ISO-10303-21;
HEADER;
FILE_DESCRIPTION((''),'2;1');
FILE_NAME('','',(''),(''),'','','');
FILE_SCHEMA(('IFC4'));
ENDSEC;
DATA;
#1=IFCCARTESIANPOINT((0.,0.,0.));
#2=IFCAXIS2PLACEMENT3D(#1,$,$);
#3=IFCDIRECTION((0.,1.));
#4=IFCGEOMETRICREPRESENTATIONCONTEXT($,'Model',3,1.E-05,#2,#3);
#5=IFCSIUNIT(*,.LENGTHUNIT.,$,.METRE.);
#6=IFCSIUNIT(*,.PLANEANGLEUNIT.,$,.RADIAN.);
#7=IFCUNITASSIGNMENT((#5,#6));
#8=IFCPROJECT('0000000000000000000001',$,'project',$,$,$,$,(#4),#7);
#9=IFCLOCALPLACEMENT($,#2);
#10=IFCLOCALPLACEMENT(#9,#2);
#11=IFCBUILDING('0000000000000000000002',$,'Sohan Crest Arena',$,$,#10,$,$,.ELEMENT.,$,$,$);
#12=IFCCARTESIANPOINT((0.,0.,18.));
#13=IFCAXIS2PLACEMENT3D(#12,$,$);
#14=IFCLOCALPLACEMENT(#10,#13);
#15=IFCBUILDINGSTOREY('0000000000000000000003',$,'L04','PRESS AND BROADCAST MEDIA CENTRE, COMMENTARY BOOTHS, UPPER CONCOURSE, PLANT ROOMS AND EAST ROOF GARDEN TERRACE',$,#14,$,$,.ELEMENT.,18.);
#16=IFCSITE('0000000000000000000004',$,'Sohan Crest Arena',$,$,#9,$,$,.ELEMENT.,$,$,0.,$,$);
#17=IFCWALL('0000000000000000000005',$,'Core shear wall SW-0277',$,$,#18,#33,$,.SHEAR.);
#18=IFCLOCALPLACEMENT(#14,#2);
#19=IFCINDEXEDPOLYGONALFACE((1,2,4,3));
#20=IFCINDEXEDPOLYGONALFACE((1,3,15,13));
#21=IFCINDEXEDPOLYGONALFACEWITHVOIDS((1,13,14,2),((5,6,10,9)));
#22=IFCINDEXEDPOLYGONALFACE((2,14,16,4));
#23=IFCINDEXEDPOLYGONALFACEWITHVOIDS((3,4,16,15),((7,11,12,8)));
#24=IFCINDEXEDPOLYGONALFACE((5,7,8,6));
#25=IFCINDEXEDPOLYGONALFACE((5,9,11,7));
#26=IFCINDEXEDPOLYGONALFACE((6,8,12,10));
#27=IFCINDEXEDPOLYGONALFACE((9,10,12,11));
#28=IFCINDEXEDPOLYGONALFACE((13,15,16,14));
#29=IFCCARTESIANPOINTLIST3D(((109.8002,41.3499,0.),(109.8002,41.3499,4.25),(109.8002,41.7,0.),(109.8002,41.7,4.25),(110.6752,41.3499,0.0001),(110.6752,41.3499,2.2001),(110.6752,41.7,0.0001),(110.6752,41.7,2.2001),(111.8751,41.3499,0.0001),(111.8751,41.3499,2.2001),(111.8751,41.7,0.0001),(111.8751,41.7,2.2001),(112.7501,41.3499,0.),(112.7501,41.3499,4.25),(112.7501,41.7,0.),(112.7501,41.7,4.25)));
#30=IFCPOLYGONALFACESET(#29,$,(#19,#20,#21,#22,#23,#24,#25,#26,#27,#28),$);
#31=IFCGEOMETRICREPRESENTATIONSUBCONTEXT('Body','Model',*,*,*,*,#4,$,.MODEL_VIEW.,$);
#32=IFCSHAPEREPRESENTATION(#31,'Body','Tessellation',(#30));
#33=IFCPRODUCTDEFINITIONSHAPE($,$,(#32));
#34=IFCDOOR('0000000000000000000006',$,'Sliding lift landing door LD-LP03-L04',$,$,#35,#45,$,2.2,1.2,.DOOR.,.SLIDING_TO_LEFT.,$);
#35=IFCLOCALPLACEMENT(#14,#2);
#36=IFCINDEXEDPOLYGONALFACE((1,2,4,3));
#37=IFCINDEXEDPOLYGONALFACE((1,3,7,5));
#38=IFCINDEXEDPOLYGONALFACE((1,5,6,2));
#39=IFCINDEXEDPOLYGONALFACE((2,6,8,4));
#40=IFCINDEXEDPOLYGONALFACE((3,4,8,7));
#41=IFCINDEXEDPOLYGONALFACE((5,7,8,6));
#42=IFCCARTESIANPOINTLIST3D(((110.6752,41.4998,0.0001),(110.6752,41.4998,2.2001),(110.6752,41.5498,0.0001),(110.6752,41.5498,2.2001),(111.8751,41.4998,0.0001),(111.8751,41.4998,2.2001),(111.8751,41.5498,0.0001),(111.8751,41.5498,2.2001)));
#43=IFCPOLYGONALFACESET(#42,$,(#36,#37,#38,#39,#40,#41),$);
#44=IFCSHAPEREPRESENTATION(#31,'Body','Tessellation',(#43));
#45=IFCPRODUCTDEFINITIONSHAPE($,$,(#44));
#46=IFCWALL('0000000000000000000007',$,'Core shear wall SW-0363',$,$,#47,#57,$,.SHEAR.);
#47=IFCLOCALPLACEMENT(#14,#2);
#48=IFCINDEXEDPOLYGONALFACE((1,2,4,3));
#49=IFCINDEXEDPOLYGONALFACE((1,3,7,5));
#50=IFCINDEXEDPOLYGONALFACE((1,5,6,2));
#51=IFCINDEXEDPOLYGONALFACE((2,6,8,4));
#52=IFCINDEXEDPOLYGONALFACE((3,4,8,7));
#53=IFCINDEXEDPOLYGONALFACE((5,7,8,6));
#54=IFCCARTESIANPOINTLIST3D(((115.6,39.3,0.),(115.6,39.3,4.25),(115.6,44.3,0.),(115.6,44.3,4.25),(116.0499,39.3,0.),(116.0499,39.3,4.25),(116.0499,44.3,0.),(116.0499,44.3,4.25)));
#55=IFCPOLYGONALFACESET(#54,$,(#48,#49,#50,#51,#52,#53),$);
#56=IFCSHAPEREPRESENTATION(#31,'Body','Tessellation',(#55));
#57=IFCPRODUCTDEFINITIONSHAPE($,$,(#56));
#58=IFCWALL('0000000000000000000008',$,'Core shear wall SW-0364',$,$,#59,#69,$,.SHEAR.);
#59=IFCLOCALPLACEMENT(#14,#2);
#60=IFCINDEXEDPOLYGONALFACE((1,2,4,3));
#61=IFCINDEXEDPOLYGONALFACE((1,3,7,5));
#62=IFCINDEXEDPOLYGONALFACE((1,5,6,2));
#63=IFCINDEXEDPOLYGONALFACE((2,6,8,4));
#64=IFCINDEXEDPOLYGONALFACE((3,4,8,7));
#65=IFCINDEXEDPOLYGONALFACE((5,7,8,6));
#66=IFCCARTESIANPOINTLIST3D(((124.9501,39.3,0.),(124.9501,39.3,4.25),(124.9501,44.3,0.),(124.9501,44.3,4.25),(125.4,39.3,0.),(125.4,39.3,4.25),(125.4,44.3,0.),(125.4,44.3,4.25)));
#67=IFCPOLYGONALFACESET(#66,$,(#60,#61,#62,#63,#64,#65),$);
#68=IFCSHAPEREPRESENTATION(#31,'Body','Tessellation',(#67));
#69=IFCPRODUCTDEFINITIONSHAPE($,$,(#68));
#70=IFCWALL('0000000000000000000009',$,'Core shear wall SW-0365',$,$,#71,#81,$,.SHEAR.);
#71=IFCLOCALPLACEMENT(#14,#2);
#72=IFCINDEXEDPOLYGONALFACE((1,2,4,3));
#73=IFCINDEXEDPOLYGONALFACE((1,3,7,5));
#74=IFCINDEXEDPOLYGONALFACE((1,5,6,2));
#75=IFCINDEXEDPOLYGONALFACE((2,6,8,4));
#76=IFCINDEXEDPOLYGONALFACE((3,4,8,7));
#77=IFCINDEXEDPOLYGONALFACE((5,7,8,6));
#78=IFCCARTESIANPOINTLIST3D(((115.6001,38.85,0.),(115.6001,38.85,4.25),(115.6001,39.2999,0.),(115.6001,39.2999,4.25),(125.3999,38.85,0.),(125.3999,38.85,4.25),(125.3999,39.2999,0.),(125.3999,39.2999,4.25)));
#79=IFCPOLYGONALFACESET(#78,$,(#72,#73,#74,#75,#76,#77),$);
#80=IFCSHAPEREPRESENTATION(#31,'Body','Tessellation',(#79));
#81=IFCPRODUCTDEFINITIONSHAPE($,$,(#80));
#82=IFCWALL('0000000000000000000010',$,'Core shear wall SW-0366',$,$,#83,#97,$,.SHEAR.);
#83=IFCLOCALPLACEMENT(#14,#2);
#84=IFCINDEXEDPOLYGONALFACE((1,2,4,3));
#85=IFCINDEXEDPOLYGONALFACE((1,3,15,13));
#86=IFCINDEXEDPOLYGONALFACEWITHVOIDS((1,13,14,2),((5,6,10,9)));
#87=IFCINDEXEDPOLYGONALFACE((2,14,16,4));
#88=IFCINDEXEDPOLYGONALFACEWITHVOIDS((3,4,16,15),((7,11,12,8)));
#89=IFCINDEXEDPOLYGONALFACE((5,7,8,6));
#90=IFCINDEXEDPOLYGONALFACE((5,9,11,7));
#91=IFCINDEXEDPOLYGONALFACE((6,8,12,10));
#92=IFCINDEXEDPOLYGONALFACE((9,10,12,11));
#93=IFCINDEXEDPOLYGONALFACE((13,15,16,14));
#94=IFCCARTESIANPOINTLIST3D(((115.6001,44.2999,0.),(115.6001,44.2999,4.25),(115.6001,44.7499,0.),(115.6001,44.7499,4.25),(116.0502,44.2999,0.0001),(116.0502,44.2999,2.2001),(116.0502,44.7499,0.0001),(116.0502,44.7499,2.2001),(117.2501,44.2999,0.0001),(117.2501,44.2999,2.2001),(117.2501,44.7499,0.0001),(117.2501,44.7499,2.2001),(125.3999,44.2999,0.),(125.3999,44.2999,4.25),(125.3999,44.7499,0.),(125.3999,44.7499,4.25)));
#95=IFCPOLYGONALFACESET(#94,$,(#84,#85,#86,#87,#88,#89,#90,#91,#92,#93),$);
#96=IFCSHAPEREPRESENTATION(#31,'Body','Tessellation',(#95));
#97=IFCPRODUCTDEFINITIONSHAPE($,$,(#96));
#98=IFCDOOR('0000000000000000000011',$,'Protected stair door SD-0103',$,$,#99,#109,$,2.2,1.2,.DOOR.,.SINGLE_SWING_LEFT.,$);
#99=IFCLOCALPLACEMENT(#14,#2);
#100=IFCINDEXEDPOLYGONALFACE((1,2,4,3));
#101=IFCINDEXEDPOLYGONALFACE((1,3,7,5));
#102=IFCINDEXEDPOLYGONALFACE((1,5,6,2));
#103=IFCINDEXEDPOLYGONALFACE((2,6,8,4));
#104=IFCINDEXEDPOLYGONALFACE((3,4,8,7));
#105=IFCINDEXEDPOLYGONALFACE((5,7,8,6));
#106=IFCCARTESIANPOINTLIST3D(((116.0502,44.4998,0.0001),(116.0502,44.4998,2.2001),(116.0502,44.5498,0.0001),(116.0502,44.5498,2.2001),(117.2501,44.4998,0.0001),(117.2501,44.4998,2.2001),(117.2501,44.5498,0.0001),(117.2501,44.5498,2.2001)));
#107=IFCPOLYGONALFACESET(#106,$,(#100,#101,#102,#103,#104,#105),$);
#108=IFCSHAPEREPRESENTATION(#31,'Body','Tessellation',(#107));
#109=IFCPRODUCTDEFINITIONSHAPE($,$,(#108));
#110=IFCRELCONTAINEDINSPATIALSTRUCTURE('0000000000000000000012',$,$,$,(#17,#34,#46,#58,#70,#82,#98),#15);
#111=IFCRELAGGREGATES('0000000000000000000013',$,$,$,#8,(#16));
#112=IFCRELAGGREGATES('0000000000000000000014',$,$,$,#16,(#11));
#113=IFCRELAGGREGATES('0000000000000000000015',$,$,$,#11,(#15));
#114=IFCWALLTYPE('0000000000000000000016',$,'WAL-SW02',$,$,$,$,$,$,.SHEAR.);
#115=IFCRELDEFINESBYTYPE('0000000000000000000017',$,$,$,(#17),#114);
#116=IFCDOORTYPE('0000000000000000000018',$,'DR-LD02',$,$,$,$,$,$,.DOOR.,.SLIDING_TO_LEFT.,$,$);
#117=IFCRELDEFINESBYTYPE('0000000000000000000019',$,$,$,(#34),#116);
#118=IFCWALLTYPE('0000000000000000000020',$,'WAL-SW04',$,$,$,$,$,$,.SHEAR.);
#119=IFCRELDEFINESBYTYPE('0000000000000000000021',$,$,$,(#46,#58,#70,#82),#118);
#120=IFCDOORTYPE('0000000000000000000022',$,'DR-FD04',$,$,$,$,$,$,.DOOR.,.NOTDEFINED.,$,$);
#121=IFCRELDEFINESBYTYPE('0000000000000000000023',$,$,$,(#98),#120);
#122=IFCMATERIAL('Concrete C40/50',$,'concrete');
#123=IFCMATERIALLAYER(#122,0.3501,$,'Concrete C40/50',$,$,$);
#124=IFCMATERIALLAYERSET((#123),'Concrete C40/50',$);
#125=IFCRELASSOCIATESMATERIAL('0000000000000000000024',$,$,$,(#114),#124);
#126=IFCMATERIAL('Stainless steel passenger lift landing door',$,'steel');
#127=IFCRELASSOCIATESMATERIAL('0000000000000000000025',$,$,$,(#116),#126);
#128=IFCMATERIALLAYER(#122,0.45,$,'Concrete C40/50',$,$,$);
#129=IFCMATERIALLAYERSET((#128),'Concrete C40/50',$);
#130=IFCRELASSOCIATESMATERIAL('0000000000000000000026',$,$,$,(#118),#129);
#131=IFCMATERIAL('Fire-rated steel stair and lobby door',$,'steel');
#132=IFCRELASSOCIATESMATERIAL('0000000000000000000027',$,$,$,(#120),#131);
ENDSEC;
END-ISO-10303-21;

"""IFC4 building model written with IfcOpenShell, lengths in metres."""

from ifc_helpers import new_model, si_unit, direction, frame, frame_2d, origin, place, context, subcontext, project, spatial, rectangle, extrude, material, layer, layer_set, type_object, element, fill, save


model = new_model("IFC4")

# Units and contexts
model_context = context("Model", 3, precision=1e-05, world=origin(), true_north=direction((0.0, 1.0)))
body_context = subcontext(model_context, "Body", "Model", "MODEL_VIEW")
ifc_project = project(units=[si_unit("LENGTHUNIT", "METRE"), si_unit("PLANEANGLEUNIT", "RADIAN")], contexts=[model_context])

# Site, building, storey
site_placement = place(None, origin())
site = spatial("IfcSite", under=ifc_project, at=site_placement, Name="Sohan Crest Arena", CompositionType="ELEMENT", RefElevation=0.0)
building_placement = place(site_placement, origin())
building = spatial("IfcBuilding", under=site, at=building_placement, Name="Sohan Crest Arena", CompositionType="ELEMENT")
storey_placement = place(building_placement, frame((0.0, 0.0, 18.0)))
storey = spatial("IfcBuildingStorey", under=building, at=storey_placement, Name="L04", Description="PRESS AND BROADCAST MEDIA CENTRE, COMMENTARY BOOTHS, UPPER CONCOURSE, PLANT ROOMS AND EAST ROOF GARDEN TERRACE", CompositionType="ELEMENT", Elevation=18.0)

# Shared definitions
ifc_material_1 = material(Name="Concrete C40/50", Category="concrete")

# Shared definitions
ifc_layer_1 = layer(ifc_material_1, 0.3501, Name="Concrete C40/50")
ifc_layer_set_1 = layer_set([ifc_layer_1], Name="Concrete C40/50")
wall_type_1 = type_object("IfcWallType", Name="WAL-SW02", PredefinedType="SHEAR", material=ifc_layer_set_1)

# Wall, opening, door
wall_1_placement = place(storey_placement, frame((109.8, 41.5249, 0.0), z_axis=(0.0, 0.0, 1.0), x_axis=(1.0, 0.0, 0.0)))
wall_1 = element("IfcWall", 1, at=wall_1_placement, inside=storey, type_object=wall_type_1, Name="Core shear wall SW-0277", PredefinedType="SHEAR", context=body_context, shape_type="SweptSolid", body=[
    extrude(rectangle(XDim=2.95, YDim=0.3501, at=frame_2d((1.4751, 0.0))), origin(), (0.0, 0.0, 1.0), 4.25),
])
opening_1_placement = place(wall_1_placement, frame((0.875, 0.0, 0.0)))
opening_1 = element("IfcOpeningElement", 2, at=opening_1_placement, cuts=wall_1, PredefinedType="OPENING", context=body_context, shape_type="SweptSolid", body=[
    extrude(rectangle(XDim=1.2, YDim=2.2, at=frame_2d((0.6001, 1.1001))), frame((0.0, 0.1851, 0.0), z_axis=(0.0, -1.0, 0.0), x_axis=(1.0, 0.0, 0.0)), (0.0, 0.0, 1.0), 0.3701),
])
ifc_material_2 = material(Name="Stainless steel passenger lift landing door", Category="steel")
door_type_1 = type_object("IfcDoorType", Name="DR-LD02", OperationType="SLIDING_TO_LEFT", PredefinedType="DOOR", material=ifc_material_2)
door_1_placement = place(opening_1_placement, origin())
door_1 = element("IfcDoor", 3, at=door_1_placement, inside=storey, type_object=door_type_1, Name="Sliding lift landing door LD-LP03-L04", OperationType="SLIDING_TO_LEFT", OverallHeight=2.2, OverallWidth=1.2, PredefinedType="DOOR", context=body_context, shape_type="SweptSolid", body=[
    extrude(rectangle(XDim=1.2, YDim=2.2, at=frame_2d((0.6001, 1.1001))), frame((0.0, 0.0249, 0.0), z_axis=(0.0, -1.0, 0.0), x_axis=(1.0, 0.0, 0.0)), (0.0, 0.0, 1.0), 0.05),
])
fill(opening_1, door_1)

# Walls
ifc_layer_2 = layer(ifc_material_1, 0.45, Name="Concrete C40/50")
ifc_layer_set_2 = layer_set([ifc_layer_2], Name="Concrete C40/50")
wall_type_2 = type_object("IfcWallType", Name="WAL-SW04", PredefinedType="SHEAR", material=ifc_layer_set_2)
for number, where, z_axis, x_axis, name in (
    (4, (115.825, 39.3, 0.0), (0.0, 0.0, 1.0), (0.0, 1.0, 0.0), "Core shear wall SW-0363"),
    (5, (125.175, 39.3, 0.0), (0.0, 0.0, 1.0), (0.0, 1.0, 0.0), "Core shear wall SW-0364"),
):
    element("IfcWall", number, at=place(storey_placement, frame(where, z_axis=z_axis, x_axis=x_axis)), inside=storey, type_object=wall_type_2, Name=name, PredefinedType="SHEAR", context=body_context, shape_type="SweptSolid", body=[
        extrude(rectangle(XDim=5.0, YDim=0.45, at=frame_2d((2.5, 0.0))), origin(), (0.0, 0.0, 1.0), 4.25),
    ])
wall_2_placement = place(storey_placement, frame((115.6001, 39.075, 0.0), z_axis=(0.0, 0.0, 1.0), x_axis=(1.0, 0.0, 0.0)))
element("IfcWall", 6, at=wall_2_placement, inside=storey, type_object=wall_type_2, Name="Core shear wall SW-0365", PredefinedType="SHEAR", context=body_context, shape_type="SweptSolid", body=[
    extrude(rectangle(XDim=9.7998, YDim=0.45, at=frame_2d((4.8999, 0.0))), origin(), (0.0, 0.0, 1.0), 4.25),
])

# Wall, opening, door
wall_3_placement = place(storey_placement, frame((115.6001, 44.5249, 0.0), z_axis=(0.0, 0.0, 1.0), x_axis=(1.0, 0.0, 0.0)))
wall_3 = element("IfcWall", 7, at=wall_3_placement, inside=storey, type_object=wall_type_2, Name="Core shear wall SW-0366", PredefinedType="SHEAR", context=body_context, shape_type="SweptSolid", body=[
    extrude(rectangle(XDim=9.7998, YDim=0.45, at=frame_2d((4.8999, 0.0))), origin(), (0.0, 0.0, 1.0), 4.25),
])
opening_2_placement = place(wall_3_placement, frame((0.45, 0.0, 0.0)))
opening_2 = element("IfcOpeningElement", 8, at=opening_2_placement, cuts=wall_3, PredefinedType="OPENING", context=body_context, shape_type="SweptSolid", body=[
    extrude(rectangle(XDim=1.2, YDim=2.2, at=frame_2d((0.6001, 1.1001))), frame((0.0, 0.2349, 0.0), z_axis=(0.0, -1.0, 0.0), x_axis=(1.0, 0.0, 0.0)), (0.0, 0.0, 1.0), 0.47),
])
ifc_material_3 = material(Name="Fire-rated steel stair and lobby door", Category="steel")
door_type_2 = type_object("IfcDoorType", Name="DR-FD04", OperationType="NOTDEFINED", PredefinedType="DOOR", material=ifc_material_3)
door_2_placement = place(opening_2_placement, origin())
door_2 = element("IfcDoor", 9, at=door_2_placement, inside=storey, type_object=door_type_2, Name="Protected stair door SD-0103", OperationType="SINGLE_SWING_LEFT", OverallHeight=2.2, OverallWidth=1.2, PredefinedType="DOOR", context=body_context, shape_type="SweptSolid", body=[
    extrude(rectangle(XDim=1.2, YDim=2.2, at=frame_2d((0.6001, 1.1001))), frame((0.0, 0.0249, 0.0), z_axis=(0.0, -1.0, 0.0), x_axis=(1.0, 0.0, 0.0)), (0.0, 0.0, 1.0), 0.05),
])
fill(opening_2, door_2)

save(model, "model.ifc")
